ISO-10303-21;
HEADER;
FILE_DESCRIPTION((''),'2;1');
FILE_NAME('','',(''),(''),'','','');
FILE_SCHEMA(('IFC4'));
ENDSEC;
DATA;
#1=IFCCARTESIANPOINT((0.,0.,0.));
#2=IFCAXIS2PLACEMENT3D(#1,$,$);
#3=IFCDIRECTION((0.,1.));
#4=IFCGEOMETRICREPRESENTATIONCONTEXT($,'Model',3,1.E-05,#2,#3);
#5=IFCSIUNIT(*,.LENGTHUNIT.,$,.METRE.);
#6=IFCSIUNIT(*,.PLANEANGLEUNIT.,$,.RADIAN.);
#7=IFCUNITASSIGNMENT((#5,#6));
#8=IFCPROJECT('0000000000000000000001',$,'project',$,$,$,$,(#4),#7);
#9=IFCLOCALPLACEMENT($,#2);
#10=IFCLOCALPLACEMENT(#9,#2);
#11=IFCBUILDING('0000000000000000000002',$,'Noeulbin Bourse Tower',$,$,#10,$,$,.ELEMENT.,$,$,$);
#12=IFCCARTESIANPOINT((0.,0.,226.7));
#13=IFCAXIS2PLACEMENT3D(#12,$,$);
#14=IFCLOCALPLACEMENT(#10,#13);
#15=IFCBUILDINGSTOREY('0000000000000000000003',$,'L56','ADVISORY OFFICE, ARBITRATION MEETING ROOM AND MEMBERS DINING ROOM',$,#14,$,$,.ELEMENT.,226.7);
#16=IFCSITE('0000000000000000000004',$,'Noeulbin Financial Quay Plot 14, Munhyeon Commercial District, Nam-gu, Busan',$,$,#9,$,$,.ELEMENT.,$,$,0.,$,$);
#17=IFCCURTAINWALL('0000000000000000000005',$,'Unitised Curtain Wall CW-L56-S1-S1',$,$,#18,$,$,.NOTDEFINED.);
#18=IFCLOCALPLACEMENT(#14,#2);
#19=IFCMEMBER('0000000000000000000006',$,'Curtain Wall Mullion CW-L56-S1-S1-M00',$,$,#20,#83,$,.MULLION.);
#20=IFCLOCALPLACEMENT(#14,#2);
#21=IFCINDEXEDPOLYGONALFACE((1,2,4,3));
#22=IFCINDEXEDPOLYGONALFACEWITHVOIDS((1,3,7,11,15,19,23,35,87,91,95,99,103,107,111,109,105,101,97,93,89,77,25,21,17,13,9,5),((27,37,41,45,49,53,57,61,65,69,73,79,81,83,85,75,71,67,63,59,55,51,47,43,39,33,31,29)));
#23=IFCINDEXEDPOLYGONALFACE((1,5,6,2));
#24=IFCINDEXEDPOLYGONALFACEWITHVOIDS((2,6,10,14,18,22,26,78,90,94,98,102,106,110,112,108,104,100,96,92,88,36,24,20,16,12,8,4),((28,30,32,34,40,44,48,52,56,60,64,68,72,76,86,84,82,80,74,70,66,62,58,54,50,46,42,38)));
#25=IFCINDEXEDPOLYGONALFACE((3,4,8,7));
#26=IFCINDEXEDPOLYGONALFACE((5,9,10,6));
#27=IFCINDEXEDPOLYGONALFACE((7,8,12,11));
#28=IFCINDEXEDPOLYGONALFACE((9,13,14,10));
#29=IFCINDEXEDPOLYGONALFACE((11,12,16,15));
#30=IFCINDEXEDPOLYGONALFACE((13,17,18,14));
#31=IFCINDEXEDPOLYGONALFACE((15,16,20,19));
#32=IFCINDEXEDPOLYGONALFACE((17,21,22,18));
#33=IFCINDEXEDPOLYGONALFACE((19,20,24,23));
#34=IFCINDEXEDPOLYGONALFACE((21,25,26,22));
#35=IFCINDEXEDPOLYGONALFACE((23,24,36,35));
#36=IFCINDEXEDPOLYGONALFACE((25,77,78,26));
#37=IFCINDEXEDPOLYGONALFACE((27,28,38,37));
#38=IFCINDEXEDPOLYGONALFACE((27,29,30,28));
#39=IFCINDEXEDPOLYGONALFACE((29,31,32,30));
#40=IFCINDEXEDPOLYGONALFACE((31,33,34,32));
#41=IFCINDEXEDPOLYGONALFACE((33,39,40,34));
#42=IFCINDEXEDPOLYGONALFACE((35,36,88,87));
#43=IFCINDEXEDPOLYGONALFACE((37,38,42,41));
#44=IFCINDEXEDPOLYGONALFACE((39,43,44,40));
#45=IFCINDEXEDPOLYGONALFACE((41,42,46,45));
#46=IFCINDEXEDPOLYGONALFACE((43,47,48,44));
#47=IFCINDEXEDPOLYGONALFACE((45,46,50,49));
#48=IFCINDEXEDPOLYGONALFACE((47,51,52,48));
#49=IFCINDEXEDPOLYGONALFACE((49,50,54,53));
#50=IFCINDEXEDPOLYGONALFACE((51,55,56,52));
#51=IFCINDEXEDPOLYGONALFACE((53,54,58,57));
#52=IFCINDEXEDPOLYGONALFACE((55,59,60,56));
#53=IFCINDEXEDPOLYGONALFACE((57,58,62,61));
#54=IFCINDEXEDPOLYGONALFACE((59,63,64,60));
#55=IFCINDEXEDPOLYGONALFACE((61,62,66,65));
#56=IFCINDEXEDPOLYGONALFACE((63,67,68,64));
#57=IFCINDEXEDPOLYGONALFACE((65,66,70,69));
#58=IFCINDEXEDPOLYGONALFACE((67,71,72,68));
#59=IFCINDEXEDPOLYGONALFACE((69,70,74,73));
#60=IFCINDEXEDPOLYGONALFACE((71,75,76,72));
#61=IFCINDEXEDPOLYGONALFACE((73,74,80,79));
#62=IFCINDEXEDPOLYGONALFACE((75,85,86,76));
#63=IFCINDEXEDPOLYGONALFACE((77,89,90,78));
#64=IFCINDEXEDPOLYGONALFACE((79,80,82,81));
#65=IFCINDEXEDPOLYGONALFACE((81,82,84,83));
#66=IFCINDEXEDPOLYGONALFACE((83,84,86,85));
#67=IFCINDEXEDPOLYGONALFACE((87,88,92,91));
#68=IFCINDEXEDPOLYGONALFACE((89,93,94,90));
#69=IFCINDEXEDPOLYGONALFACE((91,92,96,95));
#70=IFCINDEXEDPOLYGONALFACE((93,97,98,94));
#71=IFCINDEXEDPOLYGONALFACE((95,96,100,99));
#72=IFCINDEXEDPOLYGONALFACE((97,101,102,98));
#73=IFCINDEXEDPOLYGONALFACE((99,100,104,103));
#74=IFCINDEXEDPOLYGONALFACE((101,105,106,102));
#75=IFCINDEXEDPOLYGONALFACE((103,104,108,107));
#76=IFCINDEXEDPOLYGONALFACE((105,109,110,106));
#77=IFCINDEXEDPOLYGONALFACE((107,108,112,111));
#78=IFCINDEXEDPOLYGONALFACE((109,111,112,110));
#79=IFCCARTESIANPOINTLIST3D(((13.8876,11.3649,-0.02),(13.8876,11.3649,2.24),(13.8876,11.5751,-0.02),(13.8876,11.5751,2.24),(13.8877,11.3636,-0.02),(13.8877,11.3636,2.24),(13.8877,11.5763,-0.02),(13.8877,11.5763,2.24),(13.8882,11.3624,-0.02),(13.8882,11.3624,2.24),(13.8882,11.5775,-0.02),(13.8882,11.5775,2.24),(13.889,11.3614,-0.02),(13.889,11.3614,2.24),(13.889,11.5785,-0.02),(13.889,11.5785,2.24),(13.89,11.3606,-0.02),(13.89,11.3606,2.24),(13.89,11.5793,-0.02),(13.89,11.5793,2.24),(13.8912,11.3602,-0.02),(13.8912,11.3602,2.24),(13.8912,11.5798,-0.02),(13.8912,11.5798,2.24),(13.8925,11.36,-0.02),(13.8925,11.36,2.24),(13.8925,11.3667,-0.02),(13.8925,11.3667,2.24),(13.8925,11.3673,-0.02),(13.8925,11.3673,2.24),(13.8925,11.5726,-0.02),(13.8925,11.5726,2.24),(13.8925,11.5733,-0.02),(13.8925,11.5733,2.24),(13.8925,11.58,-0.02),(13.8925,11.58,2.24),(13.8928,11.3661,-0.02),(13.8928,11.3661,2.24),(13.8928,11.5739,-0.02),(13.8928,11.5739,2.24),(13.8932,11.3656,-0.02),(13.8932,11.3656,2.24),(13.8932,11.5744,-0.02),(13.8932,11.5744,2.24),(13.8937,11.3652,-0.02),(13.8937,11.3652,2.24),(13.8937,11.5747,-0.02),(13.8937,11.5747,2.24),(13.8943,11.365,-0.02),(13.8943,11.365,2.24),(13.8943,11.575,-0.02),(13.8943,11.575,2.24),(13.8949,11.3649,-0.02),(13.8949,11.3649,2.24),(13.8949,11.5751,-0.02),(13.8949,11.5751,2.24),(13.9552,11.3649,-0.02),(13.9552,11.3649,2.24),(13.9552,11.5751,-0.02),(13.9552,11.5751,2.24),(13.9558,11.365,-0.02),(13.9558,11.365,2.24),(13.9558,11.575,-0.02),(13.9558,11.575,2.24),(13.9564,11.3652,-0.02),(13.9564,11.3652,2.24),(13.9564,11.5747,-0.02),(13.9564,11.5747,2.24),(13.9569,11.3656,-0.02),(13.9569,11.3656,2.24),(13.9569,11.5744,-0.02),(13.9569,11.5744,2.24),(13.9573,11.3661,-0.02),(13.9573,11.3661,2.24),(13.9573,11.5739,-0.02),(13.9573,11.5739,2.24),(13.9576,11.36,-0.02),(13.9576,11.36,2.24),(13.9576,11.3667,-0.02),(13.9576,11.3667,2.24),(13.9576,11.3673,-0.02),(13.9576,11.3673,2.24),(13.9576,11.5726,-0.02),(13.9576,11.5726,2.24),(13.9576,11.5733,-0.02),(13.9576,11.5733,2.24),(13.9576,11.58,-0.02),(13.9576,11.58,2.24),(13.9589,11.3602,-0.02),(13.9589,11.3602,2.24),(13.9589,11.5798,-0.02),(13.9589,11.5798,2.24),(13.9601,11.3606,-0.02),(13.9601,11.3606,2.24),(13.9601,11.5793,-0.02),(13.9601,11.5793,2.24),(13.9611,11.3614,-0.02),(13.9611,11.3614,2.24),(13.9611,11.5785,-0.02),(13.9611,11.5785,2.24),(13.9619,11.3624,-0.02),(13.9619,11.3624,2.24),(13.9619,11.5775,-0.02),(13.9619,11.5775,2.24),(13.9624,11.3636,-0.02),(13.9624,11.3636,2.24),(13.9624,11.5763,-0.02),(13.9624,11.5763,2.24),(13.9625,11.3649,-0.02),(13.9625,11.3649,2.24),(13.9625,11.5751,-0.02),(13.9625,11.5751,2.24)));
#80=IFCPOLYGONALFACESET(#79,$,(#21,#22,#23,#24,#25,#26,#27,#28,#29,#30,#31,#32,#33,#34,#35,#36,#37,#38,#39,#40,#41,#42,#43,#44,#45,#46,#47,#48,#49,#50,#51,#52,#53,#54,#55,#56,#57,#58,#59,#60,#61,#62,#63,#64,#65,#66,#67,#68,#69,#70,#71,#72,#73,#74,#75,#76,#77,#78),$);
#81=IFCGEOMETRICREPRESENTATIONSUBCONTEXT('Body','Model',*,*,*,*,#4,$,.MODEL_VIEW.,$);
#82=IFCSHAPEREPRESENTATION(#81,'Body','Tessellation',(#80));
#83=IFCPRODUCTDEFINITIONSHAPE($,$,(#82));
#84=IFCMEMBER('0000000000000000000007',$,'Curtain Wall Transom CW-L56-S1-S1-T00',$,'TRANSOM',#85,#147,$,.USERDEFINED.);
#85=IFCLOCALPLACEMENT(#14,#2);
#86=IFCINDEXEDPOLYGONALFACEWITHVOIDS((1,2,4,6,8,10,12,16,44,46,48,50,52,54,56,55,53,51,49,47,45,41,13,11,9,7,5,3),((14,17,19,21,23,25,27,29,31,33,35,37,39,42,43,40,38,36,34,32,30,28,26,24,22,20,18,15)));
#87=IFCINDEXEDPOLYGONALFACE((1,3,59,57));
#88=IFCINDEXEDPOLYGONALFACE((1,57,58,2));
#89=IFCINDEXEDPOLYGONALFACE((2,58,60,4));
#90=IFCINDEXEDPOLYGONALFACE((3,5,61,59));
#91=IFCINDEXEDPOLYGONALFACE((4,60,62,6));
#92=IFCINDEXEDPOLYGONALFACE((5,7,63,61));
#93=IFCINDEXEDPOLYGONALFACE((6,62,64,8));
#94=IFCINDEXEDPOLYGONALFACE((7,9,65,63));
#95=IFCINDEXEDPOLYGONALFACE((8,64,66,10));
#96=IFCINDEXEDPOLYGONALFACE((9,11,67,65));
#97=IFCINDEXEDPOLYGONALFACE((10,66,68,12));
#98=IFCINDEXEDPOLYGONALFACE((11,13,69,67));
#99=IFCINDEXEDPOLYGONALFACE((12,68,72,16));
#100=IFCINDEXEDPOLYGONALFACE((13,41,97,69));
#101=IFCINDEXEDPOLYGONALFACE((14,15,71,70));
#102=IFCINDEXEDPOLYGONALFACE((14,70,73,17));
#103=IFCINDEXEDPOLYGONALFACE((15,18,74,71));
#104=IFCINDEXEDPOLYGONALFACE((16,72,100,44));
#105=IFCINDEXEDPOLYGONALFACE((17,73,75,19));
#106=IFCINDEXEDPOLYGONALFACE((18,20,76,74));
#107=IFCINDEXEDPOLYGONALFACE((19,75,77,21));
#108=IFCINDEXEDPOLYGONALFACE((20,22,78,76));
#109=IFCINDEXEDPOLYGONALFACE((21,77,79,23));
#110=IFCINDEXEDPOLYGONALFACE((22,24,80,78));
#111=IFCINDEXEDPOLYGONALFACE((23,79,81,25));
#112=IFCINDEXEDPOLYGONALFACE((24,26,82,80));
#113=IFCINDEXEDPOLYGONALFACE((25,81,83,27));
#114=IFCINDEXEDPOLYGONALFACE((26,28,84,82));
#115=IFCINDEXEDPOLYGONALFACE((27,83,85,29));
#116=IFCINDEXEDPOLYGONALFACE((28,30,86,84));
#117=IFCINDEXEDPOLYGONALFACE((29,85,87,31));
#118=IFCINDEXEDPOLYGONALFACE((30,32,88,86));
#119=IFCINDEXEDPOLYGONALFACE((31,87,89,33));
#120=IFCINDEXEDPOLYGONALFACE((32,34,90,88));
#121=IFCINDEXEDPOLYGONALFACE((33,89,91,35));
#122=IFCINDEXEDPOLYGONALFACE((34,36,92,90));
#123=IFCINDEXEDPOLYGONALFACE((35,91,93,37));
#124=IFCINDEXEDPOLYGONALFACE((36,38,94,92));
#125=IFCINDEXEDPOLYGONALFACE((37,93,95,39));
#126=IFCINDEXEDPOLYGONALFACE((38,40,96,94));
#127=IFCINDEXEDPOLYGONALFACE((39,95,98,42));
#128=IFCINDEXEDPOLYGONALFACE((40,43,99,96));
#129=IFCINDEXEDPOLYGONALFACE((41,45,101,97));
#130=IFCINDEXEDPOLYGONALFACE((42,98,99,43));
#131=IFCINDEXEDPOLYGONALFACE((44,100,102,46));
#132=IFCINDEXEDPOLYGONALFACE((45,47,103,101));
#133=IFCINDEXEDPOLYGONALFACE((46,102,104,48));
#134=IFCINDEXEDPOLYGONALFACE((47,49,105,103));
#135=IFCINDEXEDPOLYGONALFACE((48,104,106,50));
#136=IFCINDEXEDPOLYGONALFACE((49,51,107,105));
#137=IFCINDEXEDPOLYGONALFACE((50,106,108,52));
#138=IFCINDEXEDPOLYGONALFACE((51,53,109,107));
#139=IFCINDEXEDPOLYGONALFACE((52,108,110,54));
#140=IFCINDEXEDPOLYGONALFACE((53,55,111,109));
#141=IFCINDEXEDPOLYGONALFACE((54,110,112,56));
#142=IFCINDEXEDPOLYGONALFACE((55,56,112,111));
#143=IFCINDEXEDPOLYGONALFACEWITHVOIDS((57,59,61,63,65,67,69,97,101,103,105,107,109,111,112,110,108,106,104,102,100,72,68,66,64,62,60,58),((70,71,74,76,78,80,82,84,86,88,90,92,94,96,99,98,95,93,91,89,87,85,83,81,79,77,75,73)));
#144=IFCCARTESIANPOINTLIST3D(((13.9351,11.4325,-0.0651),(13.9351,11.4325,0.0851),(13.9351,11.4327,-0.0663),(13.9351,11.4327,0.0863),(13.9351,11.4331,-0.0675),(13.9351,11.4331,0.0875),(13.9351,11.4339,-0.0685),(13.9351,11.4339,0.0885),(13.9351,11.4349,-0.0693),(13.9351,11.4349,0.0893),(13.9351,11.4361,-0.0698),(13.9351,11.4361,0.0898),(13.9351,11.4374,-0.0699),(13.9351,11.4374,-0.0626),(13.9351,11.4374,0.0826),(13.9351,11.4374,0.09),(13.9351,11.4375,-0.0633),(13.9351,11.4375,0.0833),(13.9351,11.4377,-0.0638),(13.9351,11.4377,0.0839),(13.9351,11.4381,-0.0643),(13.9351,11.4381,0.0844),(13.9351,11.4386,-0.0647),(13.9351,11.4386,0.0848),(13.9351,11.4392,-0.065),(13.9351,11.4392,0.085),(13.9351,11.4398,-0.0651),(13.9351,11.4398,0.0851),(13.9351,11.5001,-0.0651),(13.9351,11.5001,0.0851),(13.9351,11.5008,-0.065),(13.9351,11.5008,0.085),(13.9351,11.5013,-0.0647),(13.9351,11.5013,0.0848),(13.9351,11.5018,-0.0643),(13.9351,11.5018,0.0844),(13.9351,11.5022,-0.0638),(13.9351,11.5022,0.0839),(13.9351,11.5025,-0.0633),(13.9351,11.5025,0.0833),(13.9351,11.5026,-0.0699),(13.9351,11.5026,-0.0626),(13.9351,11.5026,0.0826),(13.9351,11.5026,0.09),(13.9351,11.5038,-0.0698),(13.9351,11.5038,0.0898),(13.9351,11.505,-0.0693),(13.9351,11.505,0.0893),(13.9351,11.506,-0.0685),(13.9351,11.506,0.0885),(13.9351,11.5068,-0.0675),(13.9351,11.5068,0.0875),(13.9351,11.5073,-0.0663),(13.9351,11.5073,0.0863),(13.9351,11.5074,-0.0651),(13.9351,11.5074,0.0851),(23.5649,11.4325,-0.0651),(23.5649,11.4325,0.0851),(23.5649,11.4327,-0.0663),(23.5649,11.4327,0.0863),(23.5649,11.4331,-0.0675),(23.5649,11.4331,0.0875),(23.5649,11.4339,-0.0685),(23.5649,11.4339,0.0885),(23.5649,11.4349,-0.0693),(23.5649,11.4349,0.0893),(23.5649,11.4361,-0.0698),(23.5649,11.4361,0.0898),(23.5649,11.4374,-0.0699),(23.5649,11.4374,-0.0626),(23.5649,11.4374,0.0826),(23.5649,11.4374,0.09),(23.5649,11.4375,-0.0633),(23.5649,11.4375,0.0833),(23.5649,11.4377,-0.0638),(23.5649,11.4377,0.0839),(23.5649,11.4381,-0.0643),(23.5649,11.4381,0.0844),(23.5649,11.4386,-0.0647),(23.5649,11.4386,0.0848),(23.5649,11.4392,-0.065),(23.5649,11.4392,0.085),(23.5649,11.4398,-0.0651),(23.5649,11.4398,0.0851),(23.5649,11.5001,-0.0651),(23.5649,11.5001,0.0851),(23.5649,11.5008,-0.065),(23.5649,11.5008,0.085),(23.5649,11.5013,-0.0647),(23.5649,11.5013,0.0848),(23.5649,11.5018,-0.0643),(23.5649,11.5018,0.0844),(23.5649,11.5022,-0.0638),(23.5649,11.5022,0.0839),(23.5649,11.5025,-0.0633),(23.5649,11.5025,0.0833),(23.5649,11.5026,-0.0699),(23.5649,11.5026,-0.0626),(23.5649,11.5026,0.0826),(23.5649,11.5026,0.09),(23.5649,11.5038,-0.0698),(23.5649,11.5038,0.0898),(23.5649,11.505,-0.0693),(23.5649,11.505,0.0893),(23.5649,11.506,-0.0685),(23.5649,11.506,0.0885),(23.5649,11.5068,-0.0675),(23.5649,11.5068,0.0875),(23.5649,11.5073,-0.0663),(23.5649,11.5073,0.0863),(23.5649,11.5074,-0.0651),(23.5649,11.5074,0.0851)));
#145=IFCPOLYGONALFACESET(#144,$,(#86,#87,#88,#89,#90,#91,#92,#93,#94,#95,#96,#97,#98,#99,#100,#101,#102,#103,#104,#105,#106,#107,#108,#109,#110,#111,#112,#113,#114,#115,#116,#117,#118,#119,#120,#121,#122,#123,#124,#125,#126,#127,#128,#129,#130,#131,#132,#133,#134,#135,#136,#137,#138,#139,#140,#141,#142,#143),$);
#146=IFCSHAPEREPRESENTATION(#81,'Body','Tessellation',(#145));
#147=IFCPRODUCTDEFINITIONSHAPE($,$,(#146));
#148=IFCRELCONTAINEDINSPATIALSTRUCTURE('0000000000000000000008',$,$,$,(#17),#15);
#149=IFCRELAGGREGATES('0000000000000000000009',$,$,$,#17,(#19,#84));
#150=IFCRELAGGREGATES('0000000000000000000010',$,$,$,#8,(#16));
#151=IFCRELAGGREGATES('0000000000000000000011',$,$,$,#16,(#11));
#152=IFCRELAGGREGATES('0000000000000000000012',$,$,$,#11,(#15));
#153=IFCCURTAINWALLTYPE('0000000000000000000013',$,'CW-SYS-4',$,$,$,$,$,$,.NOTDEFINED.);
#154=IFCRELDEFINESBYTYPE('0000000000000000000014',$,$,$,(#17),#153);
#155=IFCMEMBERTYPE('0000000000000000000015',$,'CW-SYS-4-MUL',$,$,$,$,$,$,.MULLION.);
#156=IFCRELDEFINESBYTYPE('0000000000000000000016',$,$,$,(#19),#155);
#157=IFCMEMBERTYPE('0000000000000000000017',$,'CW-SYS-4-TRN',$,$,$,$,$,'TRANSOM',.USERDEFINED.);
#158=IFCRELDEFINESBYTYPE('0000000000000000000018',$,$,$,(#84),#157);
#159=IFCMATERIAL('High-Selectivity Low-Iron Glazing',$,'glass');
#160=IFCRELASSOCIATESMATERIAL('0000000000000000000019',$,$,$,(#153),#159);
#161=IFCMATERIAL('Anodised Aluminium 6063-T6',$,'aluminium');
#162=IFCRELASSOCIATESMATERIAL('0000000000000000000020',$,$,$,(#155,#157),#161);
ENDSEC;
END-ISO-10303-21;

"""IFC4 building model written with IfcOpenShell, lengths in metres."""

from ifc_helpers import new_model, si_unit, direction, frame, origin, origin_2d, place, context, subcontext, project, spatial, hollow_rectangle, extrude, material, material_profile, profile_set, type_object, element, aggregate, save


model = new_model("IFC4")

# Units and contexts
model_context = context("Model", 3, precision=1e-05, world=origin(), true_north=direction((0.0, 1.0)))
body_context = subcontext(model_context, "Body", "Model", "MODEL_VIEW")
ifc_project = project(units=[si_unit("LENGTHUNIT", "METRE"), si_unit("PLANEANGLEUNIT", "RADIAN")], contexts=[model_context])

# Site, building, storey
site_placement = place(None, origin())
site = spatial("IfcSite", under=ifc_project, at=site_placement, Name="Noeulbin Financial Quay Plot 14, Munhyeon Commercial District, Nam-gu, Busan", CompositionType="ELEMENT", RefElevation=0.0)
building_placement = place(site_placement, origin())
building = spatial("IfcBuilding", under=site, at=building_placement, Name="Noeulbin Bourse Tower", CompositionType="ELEMENT")
storey_placement = place(building_placement, frame((0.0, 0.0, 226.7)))
storey = spatial("IfcBuildingStorey", under=building, at=storey_placement, Name="L56", Description="ADVISORY OFFICE, ARBITRATION MEETING ROOM AND MEMBERS DINING ROOM", CompositionType="ELEMENT", Elevation=226.7)

# Curtain wall, members
ifc_material_1 = material(Name="High-Selectivity Low-Iron Glazing", Category="glass")
curtain_wall_type = type_object("IfcCurtainWallType", Name="CW-SYS-4", PredefinedType="NOTDEFINED", material=ifc_material_1)
curtain_wall_placement = place(storey_placement, origin())
curtain_wall = element("IfcCurtainWall", 1, at=curtain_wall_placement, inside=storey, type_object=curtain_wall_type, Name="Unitised Curtain Wall CW-L56-S1-S1", PredefinedType="NOTDEFINED")
ifc_material_2 = material(Name="Anodised Aluminium 6063-T6", Category="aluminium")
ifc_material_profile_1 = material_profile(ifc_material_2, hollow_rectangle(XDim=0.075, YDim=0.22, WallThickness=0.0049, InnerFilletRadius=0.0024, OuterFilletRadius=0.0049, at=origin_2d()), Name="ALU-MULL-75x220x5", Category="LoadBearing")
ifc_profile_set_1 = profile_set([ifc_material_profile_1], Name="Anodised Aluminium 6063-T6")
member_type_1 = type_object("IfcMemberType", Name="CW-SYS-4-MUL", PredefinedType="MULLION", material=ifc_profile_set_1)
member_1_placement = place(storey_placement, frame((13.925, 11.47, -0.02), z_axis=(0.0, 0.0, 1.0), x_axis=(1.0, 0.0, 0.0)))
member_1 = element("IfcMember", 2, at=member_1_placement, type_object=member_type_1, Name="Curtain Wall Mullion CW-L56-S1-S1-M00", PredefinedType="MULLION", context=body_context, shape_type="SweptSolid", body=[
    extrude(hollow_rectangle(XDim=0.075, YDim=0.22, WallThickness=0.0049, InnerFilletRadius=0.0024, OuterFilletRadius=0.0049, at=origin_2d()), origin(), (0.0, 0.0, 1.0), 2.26),
])
ifc_material_profile_2 = material_profile(ifc_material_2, hollow_rectangle(XDim=0.075, YDim=0.1599, WallThickness=0.0049, InnerFilletRadius=0.0024, OuterFilletRadius=0.0049, at=origin_2d()), Name="ALU-TRAN-75x160x5", Category="LoadBearing")
ifc_profile_set_2 = profile_set([ifc_material_profile_2], Name="Anodised Aluminium 6063-T6")
member_type_2 = type_object("IfcMemberType", Name="CW-SYS-4-TRN", ElementType="TRANSOM", PredefinedType="USERDEFINED", material=ifc_profile_set_2)
member_2_placement = place(storey_placement, frame((13.9351, 11.47, 0.01), z_axis=(1.0, 0.0, 0.0), x_axis=(0.0, 1.0, 0.0)))
member_2 = element("IfcMember", 3, at=member_2_placement, type_object=member_type_2, Name="Curtain Wall Transom CW-L56-S1-S1-T00", ObjectType="TRANSOM", PredefinedType="USERDEFINED", context=body_context, shape_type="SweptSolid", body=[
    extrude(hollow_rectangle(XDim=0.075, YDim=0.1599, WallThickness=0.0049, InnerFilletRadius=0.0024, OuterFilletRadius=0.0049, at=origin_2d()), origin(), (0.0, 0.0, 1.0), 9.6299),
])
aggregate(curtain_wall, [member_1, member_2])

save(model, "model.ifc")
